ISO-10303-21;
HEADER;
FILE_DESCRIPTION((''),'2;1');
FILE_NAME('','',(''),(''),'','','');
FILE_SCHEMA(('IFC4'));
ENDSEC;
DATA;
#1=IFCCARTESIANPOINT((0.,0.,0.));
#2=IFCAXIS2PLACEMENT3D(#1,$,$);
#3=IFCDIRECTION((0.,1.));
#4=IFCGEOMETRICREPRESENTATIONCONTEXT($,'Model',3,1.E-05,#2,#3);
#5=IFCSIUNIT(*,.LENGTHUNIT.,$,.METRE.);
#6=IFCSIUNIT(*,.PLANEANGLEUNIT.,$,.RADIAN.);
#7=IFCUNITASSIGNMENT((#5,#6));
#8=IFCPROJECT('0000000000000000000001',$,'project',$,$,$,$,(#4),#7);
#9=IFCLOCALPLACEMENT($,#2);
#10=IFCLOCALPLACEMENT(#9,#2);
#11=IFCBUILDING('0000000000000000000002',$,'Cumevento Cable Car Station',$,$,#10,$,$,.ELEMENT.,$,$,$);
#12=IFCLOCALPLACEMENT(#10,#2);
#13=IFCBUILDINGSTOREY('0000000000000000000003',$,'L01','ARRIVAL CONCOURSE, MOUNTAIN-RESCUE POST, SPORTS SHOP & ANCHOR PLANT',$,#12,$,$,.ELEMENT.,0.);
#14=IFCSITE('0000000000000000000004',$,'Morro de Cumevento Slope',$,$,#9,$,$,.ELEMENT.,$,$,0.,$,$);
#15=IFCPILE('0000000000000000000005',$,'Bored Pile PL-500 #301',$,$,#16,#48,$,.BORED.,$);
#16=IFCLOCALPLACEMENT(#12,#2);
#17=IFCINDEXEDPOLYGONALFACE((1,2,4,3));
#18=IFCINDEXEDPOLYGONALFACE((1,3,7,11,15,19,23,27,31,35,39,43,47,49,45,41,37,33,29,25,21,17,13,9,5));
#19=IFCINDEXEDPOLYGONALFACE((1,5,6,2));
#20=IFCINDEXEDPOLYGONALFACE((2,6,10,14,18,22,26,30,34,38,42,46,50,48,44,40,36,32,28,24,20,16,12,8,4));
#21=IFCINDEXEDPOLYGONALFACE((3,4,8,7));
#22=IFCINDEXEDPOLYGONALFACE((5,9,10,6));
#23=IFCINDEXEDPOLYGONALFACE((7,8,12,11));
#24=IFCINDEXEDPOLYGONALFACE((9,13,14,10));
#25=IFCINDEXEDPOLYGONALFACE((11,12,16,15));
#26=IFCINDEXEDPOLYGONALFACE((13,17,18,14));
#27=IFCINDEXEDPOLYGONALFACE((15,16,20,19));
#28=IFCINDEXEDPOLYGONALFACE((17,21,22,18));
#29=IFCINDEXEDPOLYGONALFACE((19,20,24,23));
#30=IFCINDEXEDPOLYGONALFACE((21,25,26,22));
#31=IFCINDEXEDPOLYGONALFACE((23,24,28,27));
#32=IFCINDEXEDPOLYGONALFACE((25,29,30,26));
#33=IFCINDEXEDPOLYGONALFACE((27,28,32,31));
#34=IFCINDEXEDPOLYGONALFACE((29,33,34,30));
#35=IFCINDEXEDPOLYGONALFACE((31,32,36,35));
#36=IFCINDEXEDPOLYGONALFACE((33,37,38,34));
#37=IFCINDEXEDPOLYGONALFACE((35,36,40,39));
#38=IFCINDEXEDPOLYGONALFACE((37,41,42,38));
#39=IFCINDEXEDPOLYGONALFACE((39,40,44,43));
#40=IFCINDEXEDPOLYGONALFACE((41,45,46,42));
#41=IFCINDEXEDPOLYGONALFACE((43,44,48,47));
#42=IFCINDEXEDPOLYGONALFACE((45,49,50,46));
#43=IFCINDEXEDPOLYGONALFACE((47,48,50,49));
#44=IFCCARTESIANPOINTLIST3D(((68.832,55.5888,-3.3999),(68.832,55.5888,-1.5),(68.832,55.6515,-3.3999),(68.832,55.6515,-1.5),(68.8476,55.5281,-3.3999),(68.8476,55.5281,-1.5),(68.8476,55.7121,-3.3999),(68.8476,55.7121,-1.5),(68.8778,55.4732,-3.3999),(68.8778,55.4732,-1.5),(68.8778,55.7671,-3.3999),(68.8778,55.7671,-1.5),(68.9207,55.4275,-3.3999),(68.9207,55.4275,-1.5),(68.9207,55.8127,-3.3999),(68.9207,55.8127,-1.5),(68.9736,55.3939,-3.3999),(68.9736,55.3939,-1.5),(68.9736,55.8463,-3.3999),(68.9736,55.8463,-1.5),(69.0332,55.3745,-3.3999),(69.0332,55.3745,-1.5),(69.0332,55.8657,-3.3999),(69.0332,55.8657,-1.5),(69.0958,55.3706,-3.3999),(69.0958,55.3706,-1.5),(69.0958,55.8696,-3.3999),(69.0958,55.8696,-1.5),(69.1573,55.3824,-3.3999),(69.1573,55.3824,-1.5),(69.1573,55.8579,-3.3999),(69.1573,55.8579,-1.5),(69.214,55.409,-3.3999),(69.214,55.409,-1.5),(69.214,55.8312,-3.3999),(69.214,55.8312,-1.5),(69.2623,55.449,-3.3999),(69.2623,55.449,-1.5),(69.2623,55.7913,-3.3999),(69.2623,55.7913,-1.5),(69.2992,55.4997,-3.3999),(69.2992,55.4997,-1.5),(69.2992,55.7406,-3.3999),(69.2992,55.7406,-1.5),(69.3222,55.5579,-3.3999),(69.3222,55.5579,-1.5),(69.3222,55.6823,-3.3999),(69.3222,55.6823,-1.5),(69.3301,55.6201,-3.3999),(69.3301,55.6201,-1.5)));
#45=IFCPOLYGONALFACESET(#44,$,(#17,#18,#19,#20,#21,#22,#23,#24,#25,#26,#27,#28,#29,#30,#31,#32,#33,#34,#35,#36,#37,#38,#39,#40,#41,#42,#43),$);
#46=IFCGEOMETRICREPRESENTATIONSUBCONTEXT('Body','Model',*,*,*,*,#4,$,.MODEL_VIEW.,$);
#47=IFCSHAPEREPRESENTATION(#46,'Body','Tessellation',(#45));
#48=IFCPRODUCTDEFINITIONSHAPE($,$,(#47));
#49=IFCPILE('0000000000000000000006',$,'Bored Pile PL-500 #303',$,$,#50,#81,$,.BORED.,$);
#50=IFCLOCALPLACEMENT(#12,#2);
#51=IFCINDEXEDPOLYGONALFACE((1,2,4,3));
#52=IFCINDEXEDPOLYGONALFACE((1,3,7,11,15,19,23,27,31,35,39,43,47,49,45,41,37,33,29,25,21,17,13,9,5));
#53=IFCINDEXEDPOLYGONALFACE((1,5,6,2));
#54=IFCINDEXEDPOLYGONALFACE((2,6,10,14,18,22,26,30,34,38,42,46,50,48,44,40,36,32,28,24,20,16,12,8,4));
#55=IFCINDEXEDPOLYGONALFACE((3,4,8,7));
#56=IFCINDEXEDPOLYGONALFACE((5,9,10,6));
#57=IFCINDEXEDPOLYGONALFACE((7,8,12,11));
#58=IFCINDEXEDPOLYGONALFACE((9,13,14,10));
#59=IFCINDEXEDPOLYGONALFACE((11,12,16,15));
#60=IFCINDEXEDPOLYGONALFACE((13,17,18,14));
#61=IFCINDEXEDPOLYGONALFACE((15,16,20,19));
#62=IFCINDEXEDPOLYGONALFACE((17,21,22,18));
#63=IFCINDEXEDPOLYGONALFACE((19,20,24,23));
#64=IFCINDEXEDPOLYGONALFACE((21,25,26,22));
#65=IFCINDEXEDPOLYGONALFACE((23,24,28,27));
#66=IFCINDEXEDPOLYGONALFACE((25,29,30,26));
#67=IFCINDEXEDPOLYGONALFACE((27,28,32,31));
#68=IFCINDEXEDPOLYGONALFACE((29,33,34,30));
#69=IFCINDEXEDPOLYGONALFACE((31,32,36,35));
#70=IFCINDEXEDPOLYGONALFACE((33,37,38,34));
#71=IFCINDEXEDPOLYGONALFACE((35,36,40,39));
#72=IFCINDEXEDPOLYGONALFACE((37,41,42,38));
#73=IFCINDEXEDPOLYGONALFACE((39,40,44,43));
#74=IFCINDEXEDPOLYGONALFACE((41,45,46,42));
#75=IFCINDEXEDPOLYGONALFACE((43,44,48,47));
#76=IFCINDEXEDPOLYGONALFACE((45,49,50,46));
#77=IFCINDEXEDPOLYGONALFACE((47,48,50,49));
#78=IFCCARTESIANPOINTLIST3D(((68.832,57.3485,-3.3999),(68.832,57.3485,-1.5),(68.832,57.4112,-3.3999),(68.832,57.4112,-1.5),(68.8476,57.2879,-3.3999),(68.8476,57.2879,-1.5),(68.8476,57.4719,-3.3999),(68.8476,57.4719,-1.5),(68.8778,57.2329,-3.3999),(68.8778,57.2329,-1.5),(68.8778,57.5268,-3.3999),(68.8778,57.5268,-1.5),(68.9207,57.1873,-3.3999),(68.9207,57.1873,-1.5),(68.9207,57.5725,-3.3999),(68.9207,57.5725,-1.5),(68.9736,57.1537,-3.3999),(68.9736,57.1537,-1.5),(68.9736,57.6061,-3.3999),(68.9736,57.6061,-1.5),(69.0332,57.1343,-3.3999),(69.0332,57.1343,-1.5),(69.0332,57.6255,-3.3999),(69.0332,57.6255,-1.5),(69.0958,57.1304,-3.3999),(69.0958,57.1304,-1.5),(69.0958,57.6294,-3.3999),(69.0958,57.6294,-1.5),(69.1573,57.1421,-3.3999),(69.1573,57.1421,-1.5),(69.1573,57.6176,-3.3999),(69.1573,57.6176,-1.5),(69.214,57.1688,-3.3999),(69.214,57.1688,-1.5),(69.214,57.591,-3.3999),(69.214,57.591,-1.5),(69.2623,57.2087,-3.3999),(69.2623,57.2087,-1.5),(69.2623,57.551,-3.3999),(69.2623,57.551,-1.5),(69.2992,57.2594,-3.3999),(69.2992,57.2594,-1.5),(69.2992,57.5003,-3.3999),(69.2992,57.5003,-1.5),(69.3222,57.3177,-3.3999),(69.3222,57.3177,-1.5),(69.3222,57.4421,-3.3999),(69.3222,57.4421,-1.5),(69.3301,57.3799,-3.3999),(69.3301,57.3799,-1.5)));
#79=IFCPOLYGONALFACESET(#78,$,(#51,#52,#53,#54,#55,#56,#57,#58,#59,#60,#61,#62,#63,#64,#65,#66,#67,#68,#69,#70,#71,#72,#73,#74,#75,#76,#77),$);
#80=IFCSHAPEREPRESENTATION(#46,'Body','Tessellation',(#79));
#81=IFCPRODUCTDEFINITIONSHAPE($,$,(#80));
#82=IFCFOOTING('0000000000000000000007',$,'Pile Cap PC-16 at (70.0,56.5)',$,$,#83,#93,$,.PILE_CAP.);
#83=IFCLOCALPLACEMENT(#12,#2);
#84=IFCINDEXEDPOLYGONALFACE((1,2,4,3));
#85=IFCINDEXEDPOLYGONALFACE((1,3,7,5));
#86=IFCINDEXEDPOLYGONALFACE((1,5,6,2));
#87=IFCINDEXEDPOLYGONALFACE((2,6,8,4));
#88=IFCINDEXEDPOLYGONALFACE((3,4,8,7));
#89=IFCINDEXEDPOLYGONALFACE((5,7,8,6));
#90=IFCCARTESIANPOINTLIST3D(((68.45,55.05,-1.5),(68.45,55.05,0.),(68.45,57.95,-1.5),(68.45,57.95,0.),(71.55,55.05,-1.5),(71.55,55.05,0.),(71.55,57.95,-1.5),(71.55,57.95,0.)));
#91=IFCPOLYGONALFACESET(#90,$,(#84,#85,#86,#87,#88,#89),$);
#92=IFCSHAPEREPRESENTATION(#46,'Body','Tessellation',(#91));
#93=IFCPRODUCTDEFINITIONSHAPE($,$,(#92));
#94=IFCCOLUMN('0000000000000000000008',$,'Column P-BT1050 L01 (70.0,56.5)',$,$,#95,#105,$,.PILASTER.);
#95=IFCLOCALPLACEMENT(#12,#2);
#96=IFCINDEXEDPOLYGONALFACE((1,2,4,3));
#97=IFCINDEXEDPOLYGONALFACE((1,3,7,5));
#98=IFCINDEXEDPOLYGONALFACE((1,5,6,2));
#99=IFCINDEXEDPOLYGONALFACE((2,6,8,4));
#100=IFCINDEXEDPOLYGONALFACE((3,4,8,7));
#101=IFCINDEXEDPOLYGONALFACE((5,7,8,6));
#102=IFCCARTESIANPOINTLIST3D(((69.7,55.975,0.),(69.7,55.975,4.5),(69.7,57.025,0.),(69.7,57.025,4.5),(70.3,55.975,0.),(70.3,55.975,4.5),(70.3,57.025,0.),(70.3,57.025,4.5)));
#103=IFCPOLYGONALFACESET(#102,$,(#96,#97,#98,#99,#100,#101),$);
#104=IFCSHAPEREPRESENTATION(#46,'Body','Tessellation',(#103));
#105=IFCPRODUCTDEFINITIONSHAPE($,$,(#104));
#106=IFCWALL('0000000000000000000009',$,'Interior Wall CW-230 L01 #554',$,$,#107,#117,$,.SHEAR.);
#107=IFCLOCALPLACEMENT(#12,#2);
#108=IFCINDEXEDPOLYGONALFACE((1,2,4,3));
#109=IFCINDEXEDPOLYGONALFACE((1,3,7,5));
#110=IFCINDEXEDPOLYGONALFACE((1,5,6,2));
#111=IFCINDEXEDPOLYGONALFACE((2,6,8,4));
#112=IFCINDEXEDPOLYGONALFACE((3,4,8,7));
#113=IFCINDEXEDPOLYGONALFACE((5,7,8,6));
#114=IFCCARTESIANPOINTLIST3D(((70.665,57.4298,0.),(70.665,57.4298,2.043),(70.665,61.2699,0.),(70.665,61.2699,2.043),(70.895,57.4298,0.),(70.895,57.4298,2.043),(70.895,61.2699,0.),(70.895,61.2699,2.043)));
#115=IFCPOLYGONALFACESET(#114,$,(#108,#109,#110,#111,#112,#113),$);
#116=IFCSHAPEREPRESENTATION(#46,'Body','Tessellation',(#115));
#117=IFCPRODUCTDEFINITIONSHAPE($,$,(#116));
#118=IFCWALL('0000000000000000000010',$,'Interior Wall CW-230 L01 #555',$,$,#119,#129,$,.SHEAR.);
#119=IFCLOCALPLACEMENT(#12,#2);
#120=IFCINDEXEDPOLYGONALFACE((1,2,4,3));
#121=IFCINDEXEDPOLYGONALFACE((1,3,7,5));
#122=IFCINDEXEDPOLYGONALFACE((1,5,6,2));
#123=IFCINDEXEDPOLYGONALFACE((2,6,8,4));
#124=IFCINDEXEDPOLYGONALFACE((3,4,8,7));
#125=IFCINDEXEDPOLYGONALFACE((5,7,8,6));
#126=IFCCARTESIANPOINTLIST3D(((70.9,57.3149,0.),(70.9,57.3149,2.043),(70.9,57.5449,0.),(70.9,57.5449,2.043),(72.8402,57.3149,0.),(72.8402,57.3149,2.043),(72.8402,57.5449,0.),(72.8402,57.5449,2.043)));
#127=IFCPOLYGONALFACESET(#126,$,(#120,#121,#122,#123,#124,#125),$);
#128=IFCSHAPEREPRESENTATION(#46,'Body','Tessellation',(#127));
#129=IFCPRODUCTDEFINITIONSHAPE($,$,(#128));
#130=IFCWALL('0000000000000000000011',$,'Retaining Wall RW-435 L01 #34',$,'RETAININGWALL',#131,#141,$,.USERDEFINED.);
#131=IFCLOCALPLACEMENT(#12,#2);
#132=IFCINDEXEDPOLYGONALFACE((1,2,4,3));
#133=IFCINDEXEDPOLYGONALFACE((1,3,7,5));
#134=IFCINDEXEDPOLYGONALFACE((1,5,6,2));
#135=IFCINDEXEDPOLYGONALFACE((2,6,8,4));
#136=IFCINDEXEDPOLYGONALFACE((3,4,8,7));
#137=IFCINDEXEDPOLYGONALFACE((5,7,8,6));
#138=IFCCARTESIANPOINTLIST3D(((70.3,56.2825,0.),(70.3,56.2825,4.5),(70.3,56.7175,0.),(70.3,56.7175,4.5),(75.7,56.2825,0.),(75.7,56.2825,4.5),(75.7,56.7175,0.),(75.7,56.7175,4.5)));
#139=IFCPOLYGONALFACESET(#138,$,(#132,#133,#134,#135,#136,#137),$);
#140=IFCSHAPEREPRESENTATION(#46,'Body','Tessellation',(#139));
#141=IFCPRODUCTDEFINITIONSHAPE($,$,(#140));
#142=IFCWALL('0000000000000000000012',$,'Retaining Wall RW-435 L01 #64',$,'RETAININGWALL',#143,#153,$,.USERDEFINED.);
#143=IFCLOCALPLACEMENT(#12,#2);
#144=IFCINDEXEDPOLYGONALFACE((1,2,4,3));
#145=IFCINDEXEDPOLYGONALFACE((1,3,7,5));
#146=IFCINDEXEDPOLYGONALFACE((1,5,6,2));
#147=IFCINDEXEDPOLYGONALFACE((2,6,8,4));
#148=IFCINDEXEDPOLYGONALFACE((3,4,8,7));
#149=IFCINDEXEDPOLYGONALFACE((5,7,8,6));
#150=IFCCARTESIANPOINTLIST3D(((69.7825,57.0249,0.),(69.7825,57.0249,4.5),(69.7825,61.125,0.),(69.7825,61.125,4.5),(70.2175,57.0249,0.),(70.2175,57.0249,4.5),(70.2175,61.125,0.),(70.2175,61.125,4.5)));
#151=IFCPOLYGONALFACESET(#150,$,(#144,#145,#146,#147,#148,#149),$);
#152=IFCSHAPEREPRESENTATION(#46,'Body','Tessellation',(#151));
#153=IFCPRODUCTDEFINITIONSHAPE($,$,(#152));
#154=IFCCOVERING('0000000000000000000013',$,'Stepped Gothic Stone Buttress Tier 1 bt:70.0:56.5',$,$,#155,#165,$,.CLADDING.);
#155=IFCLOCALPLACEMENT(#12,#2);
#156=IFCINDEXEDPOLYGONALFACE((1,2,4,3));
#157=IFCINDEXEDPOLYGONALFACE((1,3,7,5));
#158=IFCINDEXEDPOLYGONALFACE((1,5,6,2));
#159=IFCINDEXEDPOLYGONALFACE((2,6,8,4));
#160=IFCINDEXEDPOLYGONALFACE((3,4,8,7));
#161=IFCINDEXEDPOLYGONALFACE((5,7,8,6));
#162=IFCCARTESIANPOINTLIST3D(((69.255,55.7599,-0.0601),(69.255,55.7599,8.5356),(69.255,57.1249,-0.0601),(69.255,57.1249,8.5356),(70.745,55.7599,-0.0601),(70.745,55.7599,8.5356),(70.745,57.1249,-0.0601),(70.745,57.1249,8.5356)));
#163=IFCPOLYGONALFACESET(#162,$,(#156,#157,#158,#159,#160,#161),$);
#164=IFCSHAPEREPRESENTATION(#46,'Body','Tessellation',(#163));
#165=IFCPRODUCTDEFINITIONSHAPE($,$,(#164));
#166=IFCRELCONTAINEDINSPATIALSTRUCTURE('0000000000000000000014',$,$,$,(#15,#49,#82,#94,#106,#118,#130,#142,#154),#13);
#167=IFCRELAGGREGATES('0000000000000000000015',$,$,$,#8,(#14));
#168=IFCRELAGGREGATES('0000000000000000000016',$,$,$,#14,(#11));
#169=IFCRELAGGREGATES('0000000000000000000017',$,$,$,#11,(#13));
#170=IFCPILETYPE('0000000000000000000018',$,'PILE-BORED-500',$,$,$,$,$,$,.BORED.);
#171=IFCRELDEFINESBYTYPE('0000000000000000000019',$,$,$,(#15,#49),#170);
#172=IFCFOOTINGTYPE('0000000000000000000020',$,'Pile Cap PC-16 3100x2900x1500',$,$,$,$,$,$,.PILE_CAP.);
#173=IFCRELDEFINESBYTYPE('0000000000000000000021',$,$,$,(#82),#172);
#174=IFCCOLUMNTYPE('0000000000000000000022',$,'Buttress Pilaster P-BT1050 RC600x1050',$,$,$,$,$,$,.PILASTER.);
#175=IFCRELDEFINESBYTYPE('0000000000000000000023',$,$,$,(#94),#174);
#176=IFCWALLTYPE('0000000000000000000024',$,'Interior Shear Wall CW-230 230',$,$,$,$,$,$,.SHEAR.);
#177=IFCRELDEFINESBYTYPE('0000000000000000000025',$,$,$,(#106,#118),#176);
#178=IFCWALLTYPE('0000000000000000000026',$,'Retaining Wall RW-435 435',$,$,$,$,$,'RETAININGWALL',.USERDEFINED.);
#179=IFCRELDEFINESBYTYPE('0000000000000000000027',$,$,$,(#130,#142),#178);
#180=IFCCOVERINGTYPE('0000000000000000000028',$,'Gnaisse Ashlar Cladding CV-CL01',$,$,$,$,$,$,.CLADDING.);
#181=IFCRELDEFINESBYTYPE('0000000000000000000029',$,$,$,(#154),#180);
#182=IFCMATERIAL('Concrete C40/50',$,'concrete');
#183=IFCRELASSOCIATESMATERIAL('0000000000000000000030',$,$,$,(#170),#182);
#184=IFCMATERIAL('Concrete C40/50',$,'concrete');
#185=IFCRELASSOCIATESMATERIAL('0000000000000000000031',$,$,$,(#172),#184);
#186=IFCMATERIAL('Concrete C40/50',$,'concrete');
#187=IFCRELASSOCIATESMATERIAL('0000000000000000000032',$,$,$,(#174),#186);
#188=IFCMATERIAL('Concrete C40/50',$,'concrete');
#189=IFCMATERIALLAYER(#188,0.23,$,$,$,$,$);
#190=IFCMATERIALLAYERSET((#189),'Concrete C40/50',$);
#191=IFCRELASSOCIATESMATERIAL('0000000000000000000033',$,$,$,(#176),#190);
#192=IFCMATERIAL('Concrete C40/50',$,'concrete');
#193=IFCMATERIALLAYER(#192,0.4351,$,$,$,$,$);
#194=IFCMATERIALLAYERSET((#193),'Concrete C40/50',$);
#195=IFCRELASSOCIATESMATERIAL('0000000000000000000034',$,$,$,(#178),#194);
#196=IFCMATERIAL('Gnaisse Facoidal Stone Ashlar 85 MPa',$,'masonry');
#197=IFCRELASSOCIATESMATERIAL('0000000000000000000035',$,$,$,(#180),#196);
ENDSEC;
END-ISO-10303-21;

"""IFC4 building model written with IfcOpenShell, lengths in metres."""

from ifc_helpers import new_model, si_unit, direction, frame, frame_2d, origin, origin_2d, place, context, subcontext, project, spatial, rectangle, circle, extrude, material, layer, layer_set, material_profile, profile_set, type_object, element, save


model = new_model("IFC4")

# Units and contexts
model_context = context("Model", 3, precision=1e-05, world=origin(), true_north=direction((0.0, 1.0)))
body_context = subcontext(model_context, "Body", "Model", "MODEL_VIEW")
ifc_project = project(units=[si_unit("LENGTHUNIT", "METRE"), si_unit("PLANEANGLEUNIT", "RADIAN")], contexts=[model_context])

# Site, building, storey
site_placement = place(None, origin())
site = spatial("IfcSite", under=ifc_project, at=site_placement, Name="Morro de Cumevento Slope", CompositionType="ELEMENT", RefElevation=0.0)
building_placement = place(site_placement, origin())
building = spatial("IfcBuilding", under=site, at=building_placement, Name="Cumevento Cable Car Station", CompositionType="ELEMENT")
storey_placement = place(building_placement, origin())
storey = spatial("IfcBuildingStorey", under=building, at=storey_placement, Name="L01", Description="ARRIVAL CONCOURSE, MOUNTAIN-RESCUE POST, SPORTS SHOP & ANCHOR PLANT", CompositionType="ELEMENT", Elevation=0.0)

# Piles
ifc_material_1 = material(Name="Concrete C40/50", Category="concrete")
ifc_material_profile_1 = material_profile(ifc_material_1, circle(Radius=0.25, at=origin_2d()), Name="PILE-D500")
ifc_profile_set_1 = profile_set([ifc_material_profile_1], Name="Concrete C40/50")
pile_type_1 = type_object("IfcPileType", Name="PILE-BORED-500", PredefinedType="BORED", material=ifc_profile_set_1)
for number, where, z_axis, x_axis, name in (
    (1, (69.0801, 55.6201, -1.5), (0.0, 0.0, -1.0), (1.0, 0.0, 0.0), "Bored Pile PL-500 #301"),
    (2, (69.0801, 57.3799, -1.5), (0.0, 0.0, -1.0), (1.0, 0.0, 0.0), "Bored Pile PL-500 #303"),
):
    element("IfcPile", number, at=place(storey_placement, frame(where, z_axis=z_axis, x_axis=x_axis)), inside=storey, type_object=pile_type_1, Name=name, PredefinedType="BORED", context=body_context, shape_type="SweptSolid", body=[
        extrude(circle(Radius=0.25, at=origin_2d()), origin(), (0.0, 0.0, 1.0), 1.8999),
    ])

# Footing
ifc_material_2 = material(Name="Concrete C40/50", Category="concrete")
footing_type = type_object("IfcFootingType", Name="Pile Cap PC-16 3100x2900x1500", PredefinedType="PILE_CAP", material=ifc_material_2)
footing_placement = place(storey_placement, frame((70.0, 56.5, -1.5), z_axis=(0.0, 0.0, 1.0), x_axis=(1.0, 0.0, 0.0)))
element("IfcFooting", 3, at=footing_placement, inside=storey, type_object=footing_type, Name="Pile Cap PC-16 at (70.0,56.5)", PredefinedType="PILE_CAP", context=body_context, shape_type="SweptSolid", body=[
    extrude(rectangle(XDim=3.1001, YDim=2.8999, at=origin_2d()), origin(), (0.0, 0.0, 1.0), 1.5),
])

# Column
ifc_material_3 = material(Name="Concrete C40/50", Category="concrete")
ifc_material_profile_2 = material_profile(ifc_material_3, rectangle(XDim=0.6001, YDim=1.05, at=origin_2d()), Name="RC600x1050")
ifc_profile_set_2 = profile_set([ifc_material_profile_2], Name="Concrete C40/50")
column_type = type_object("IfcColumnType", Name="Buttress Pilaster P-BT1050 RC600x1050", PredefinedType="PILASTER", material=ifc_profile_set_2)
column_placement = place(storey_placement, frame((70.0, 56.5, 0.0), z_axis=(0.0, 0.0, 1.0), x_axis=(1.0, 0.0, 0.0)))
element("IfcColumn", 4, at=column_placement, inside=storey, type_object=column_type, Name="Column P-BT1050 L01 (70.0,56.5)", PredefinedType="PILASTER", context=body_context, shape_type="SweptSolid", body=[
    extrude(rectangle(XDim=0.6001, YDim=1.05, at=origin_2d()), origin(), (0.0, 0.0, 1.0), 4.5),
])

# Walls
ifc_material_4 = material(Name="Concrete C40/50", Category="concrete")
ifc_layer_1 = layer(ifc_material_4, 0.23)
ifc_layer_set_1 = layer_set([ifc_layer_1], Name="Concrete C40/50")
wall_type_1 = type_object("IfcWallType", Name="Interior Shear Wall CW-230 230", PredefinedType="SHEAR", material=ifc_layer_set_1)
wall_1_placement = place(storey_placement, frame((70.78, 57.4299, 0.0), z_axis=(0.0, 0.0, 1.0), x_axis=(0.0, 1.0, 0.0)))
element("IfcWall", 5, at=wall_1_placement, inside=storey, type_object=wall_type_1, Name="Interior Wall CW-230 L01 #554", PredefinedType="SHEAR", context=body_context, shape_type="SweptSolid", body=[
    extrude(rectangle(XDim=3.8401, YDim=0.23, at=frame_2d((1.9199, 0.0))), origin(), (0.0, 0.0, 1.0), 2.043),
])
wall_2_placement = place(storey_placement, frame((70.8999, 57.4299, 0.0), z_axis=(0.0, 0.0, 1.0), x_axis=(1.0, 0.0, 0.0)))
element("IfcWall", 6, at=wall_2_placement, inside=storey, type_object=wall_type_1, Name="Interior Wall CW-230 L01 #555", PredefinedType="SHEAR", context=body_context, shape_type="SweptSolid", body=[
    extrude(rectangle(XDim=1.9402, YDim=0.23, at=frame_2d((0.9702, 0.0))), origin(), (0.0, 0.0, 1.0), 2.043),
])
ifc_material_5 = material(Name="Concrete C40/50", Category="concrete")
ifc_layer_2 = layer(ifc_material_5, 0.4351)
ifc_layer_set_2 = layer_set([ifc_layer_2], Name="Concrete C40/50")
wall_type_2 = type_object("IfcWallType", Name="Retaining Wall RW-435 435", ElementType="RETAININGWALL", PredefinedType="USERDEFINED", material=ifc_layer_set_2)
wall_3_placement = place(storey_placement, frame((70.3, 56.5, 0.0), z_axis=(0.0, 0.0, 1.0), x_axis=(1.0, 0.0, 0.0)))
element("IfcWall", 7, at=wall_3_placement, inside=storey, type_object=wall_type_2, Name="Retaining Wall RW-435 L01 #34", ObjectType="RETAININGWALL", PredefinedType="USERDEFINED", context=body_context, shape_type="SweptSolid", body=[
    extrude(rectangle(XDim=5.3999, YDim=0.4351, at=frame_2d((2.7, 0.0))), origin(), (0.0, 0.0, 1.0), 4.5),
])
wall_4_placement = place(storey_placement, frame((70.0, 57.0249, 0.0), z_axis=(0.0, 0.0, 1.0), x_axis=(0.0, 1.0, 0.0)))
element("IfcWall", 8, at=wall_4_placement, inside=storey, type_object=wall_type_2, Name="Retaining Wall RW-435 L01 #64", ObjectType="RETAININGWALL", PredefinedType="USERDEFINED", context=body_context, shape_type="SweptSolid", body=[
    extrude(rectangle(XDim=4.1001, YDim=0.4351, at=frame_2d((2.05, 0.0))), origin(), (0.0, 0.0, 1.0), 4.5),
])

# Covering
ifc_material_6 = material(Name="Gnaisse Facoidal Stone Ashlar 85 MPa", Category="masonry")
covering_type = type_object("IfcCoveringType", Name="Gnaisse Ashlar Cladding CV-CL01", PredefinedType="CLADDING", material=ifc_material_6)
covering_1_placement = place(storey_placement, frame((70.0, 56.4424, -0.0601), z_axis=(0.0, 0.0, 1.0), x_axis=(1.0, 0.0, 0.0)))
element("IfcCovering", 9, at=covering_1_placement, inside=storey, type_object=covering_type, Name="Stepped Gothic Stone Buttress Tier 1 bt:70.0:56.5", PredefinedType="CLADDING", context=body_context, shape_type="SweptSolid", body=[
    extrude(rectangle(XDim=1.49, YDim=1.365, at=origin_2d()), origin(), (0.0, 0.0, 1.0), 8.5957),
])

save(model, "model.ifc")
